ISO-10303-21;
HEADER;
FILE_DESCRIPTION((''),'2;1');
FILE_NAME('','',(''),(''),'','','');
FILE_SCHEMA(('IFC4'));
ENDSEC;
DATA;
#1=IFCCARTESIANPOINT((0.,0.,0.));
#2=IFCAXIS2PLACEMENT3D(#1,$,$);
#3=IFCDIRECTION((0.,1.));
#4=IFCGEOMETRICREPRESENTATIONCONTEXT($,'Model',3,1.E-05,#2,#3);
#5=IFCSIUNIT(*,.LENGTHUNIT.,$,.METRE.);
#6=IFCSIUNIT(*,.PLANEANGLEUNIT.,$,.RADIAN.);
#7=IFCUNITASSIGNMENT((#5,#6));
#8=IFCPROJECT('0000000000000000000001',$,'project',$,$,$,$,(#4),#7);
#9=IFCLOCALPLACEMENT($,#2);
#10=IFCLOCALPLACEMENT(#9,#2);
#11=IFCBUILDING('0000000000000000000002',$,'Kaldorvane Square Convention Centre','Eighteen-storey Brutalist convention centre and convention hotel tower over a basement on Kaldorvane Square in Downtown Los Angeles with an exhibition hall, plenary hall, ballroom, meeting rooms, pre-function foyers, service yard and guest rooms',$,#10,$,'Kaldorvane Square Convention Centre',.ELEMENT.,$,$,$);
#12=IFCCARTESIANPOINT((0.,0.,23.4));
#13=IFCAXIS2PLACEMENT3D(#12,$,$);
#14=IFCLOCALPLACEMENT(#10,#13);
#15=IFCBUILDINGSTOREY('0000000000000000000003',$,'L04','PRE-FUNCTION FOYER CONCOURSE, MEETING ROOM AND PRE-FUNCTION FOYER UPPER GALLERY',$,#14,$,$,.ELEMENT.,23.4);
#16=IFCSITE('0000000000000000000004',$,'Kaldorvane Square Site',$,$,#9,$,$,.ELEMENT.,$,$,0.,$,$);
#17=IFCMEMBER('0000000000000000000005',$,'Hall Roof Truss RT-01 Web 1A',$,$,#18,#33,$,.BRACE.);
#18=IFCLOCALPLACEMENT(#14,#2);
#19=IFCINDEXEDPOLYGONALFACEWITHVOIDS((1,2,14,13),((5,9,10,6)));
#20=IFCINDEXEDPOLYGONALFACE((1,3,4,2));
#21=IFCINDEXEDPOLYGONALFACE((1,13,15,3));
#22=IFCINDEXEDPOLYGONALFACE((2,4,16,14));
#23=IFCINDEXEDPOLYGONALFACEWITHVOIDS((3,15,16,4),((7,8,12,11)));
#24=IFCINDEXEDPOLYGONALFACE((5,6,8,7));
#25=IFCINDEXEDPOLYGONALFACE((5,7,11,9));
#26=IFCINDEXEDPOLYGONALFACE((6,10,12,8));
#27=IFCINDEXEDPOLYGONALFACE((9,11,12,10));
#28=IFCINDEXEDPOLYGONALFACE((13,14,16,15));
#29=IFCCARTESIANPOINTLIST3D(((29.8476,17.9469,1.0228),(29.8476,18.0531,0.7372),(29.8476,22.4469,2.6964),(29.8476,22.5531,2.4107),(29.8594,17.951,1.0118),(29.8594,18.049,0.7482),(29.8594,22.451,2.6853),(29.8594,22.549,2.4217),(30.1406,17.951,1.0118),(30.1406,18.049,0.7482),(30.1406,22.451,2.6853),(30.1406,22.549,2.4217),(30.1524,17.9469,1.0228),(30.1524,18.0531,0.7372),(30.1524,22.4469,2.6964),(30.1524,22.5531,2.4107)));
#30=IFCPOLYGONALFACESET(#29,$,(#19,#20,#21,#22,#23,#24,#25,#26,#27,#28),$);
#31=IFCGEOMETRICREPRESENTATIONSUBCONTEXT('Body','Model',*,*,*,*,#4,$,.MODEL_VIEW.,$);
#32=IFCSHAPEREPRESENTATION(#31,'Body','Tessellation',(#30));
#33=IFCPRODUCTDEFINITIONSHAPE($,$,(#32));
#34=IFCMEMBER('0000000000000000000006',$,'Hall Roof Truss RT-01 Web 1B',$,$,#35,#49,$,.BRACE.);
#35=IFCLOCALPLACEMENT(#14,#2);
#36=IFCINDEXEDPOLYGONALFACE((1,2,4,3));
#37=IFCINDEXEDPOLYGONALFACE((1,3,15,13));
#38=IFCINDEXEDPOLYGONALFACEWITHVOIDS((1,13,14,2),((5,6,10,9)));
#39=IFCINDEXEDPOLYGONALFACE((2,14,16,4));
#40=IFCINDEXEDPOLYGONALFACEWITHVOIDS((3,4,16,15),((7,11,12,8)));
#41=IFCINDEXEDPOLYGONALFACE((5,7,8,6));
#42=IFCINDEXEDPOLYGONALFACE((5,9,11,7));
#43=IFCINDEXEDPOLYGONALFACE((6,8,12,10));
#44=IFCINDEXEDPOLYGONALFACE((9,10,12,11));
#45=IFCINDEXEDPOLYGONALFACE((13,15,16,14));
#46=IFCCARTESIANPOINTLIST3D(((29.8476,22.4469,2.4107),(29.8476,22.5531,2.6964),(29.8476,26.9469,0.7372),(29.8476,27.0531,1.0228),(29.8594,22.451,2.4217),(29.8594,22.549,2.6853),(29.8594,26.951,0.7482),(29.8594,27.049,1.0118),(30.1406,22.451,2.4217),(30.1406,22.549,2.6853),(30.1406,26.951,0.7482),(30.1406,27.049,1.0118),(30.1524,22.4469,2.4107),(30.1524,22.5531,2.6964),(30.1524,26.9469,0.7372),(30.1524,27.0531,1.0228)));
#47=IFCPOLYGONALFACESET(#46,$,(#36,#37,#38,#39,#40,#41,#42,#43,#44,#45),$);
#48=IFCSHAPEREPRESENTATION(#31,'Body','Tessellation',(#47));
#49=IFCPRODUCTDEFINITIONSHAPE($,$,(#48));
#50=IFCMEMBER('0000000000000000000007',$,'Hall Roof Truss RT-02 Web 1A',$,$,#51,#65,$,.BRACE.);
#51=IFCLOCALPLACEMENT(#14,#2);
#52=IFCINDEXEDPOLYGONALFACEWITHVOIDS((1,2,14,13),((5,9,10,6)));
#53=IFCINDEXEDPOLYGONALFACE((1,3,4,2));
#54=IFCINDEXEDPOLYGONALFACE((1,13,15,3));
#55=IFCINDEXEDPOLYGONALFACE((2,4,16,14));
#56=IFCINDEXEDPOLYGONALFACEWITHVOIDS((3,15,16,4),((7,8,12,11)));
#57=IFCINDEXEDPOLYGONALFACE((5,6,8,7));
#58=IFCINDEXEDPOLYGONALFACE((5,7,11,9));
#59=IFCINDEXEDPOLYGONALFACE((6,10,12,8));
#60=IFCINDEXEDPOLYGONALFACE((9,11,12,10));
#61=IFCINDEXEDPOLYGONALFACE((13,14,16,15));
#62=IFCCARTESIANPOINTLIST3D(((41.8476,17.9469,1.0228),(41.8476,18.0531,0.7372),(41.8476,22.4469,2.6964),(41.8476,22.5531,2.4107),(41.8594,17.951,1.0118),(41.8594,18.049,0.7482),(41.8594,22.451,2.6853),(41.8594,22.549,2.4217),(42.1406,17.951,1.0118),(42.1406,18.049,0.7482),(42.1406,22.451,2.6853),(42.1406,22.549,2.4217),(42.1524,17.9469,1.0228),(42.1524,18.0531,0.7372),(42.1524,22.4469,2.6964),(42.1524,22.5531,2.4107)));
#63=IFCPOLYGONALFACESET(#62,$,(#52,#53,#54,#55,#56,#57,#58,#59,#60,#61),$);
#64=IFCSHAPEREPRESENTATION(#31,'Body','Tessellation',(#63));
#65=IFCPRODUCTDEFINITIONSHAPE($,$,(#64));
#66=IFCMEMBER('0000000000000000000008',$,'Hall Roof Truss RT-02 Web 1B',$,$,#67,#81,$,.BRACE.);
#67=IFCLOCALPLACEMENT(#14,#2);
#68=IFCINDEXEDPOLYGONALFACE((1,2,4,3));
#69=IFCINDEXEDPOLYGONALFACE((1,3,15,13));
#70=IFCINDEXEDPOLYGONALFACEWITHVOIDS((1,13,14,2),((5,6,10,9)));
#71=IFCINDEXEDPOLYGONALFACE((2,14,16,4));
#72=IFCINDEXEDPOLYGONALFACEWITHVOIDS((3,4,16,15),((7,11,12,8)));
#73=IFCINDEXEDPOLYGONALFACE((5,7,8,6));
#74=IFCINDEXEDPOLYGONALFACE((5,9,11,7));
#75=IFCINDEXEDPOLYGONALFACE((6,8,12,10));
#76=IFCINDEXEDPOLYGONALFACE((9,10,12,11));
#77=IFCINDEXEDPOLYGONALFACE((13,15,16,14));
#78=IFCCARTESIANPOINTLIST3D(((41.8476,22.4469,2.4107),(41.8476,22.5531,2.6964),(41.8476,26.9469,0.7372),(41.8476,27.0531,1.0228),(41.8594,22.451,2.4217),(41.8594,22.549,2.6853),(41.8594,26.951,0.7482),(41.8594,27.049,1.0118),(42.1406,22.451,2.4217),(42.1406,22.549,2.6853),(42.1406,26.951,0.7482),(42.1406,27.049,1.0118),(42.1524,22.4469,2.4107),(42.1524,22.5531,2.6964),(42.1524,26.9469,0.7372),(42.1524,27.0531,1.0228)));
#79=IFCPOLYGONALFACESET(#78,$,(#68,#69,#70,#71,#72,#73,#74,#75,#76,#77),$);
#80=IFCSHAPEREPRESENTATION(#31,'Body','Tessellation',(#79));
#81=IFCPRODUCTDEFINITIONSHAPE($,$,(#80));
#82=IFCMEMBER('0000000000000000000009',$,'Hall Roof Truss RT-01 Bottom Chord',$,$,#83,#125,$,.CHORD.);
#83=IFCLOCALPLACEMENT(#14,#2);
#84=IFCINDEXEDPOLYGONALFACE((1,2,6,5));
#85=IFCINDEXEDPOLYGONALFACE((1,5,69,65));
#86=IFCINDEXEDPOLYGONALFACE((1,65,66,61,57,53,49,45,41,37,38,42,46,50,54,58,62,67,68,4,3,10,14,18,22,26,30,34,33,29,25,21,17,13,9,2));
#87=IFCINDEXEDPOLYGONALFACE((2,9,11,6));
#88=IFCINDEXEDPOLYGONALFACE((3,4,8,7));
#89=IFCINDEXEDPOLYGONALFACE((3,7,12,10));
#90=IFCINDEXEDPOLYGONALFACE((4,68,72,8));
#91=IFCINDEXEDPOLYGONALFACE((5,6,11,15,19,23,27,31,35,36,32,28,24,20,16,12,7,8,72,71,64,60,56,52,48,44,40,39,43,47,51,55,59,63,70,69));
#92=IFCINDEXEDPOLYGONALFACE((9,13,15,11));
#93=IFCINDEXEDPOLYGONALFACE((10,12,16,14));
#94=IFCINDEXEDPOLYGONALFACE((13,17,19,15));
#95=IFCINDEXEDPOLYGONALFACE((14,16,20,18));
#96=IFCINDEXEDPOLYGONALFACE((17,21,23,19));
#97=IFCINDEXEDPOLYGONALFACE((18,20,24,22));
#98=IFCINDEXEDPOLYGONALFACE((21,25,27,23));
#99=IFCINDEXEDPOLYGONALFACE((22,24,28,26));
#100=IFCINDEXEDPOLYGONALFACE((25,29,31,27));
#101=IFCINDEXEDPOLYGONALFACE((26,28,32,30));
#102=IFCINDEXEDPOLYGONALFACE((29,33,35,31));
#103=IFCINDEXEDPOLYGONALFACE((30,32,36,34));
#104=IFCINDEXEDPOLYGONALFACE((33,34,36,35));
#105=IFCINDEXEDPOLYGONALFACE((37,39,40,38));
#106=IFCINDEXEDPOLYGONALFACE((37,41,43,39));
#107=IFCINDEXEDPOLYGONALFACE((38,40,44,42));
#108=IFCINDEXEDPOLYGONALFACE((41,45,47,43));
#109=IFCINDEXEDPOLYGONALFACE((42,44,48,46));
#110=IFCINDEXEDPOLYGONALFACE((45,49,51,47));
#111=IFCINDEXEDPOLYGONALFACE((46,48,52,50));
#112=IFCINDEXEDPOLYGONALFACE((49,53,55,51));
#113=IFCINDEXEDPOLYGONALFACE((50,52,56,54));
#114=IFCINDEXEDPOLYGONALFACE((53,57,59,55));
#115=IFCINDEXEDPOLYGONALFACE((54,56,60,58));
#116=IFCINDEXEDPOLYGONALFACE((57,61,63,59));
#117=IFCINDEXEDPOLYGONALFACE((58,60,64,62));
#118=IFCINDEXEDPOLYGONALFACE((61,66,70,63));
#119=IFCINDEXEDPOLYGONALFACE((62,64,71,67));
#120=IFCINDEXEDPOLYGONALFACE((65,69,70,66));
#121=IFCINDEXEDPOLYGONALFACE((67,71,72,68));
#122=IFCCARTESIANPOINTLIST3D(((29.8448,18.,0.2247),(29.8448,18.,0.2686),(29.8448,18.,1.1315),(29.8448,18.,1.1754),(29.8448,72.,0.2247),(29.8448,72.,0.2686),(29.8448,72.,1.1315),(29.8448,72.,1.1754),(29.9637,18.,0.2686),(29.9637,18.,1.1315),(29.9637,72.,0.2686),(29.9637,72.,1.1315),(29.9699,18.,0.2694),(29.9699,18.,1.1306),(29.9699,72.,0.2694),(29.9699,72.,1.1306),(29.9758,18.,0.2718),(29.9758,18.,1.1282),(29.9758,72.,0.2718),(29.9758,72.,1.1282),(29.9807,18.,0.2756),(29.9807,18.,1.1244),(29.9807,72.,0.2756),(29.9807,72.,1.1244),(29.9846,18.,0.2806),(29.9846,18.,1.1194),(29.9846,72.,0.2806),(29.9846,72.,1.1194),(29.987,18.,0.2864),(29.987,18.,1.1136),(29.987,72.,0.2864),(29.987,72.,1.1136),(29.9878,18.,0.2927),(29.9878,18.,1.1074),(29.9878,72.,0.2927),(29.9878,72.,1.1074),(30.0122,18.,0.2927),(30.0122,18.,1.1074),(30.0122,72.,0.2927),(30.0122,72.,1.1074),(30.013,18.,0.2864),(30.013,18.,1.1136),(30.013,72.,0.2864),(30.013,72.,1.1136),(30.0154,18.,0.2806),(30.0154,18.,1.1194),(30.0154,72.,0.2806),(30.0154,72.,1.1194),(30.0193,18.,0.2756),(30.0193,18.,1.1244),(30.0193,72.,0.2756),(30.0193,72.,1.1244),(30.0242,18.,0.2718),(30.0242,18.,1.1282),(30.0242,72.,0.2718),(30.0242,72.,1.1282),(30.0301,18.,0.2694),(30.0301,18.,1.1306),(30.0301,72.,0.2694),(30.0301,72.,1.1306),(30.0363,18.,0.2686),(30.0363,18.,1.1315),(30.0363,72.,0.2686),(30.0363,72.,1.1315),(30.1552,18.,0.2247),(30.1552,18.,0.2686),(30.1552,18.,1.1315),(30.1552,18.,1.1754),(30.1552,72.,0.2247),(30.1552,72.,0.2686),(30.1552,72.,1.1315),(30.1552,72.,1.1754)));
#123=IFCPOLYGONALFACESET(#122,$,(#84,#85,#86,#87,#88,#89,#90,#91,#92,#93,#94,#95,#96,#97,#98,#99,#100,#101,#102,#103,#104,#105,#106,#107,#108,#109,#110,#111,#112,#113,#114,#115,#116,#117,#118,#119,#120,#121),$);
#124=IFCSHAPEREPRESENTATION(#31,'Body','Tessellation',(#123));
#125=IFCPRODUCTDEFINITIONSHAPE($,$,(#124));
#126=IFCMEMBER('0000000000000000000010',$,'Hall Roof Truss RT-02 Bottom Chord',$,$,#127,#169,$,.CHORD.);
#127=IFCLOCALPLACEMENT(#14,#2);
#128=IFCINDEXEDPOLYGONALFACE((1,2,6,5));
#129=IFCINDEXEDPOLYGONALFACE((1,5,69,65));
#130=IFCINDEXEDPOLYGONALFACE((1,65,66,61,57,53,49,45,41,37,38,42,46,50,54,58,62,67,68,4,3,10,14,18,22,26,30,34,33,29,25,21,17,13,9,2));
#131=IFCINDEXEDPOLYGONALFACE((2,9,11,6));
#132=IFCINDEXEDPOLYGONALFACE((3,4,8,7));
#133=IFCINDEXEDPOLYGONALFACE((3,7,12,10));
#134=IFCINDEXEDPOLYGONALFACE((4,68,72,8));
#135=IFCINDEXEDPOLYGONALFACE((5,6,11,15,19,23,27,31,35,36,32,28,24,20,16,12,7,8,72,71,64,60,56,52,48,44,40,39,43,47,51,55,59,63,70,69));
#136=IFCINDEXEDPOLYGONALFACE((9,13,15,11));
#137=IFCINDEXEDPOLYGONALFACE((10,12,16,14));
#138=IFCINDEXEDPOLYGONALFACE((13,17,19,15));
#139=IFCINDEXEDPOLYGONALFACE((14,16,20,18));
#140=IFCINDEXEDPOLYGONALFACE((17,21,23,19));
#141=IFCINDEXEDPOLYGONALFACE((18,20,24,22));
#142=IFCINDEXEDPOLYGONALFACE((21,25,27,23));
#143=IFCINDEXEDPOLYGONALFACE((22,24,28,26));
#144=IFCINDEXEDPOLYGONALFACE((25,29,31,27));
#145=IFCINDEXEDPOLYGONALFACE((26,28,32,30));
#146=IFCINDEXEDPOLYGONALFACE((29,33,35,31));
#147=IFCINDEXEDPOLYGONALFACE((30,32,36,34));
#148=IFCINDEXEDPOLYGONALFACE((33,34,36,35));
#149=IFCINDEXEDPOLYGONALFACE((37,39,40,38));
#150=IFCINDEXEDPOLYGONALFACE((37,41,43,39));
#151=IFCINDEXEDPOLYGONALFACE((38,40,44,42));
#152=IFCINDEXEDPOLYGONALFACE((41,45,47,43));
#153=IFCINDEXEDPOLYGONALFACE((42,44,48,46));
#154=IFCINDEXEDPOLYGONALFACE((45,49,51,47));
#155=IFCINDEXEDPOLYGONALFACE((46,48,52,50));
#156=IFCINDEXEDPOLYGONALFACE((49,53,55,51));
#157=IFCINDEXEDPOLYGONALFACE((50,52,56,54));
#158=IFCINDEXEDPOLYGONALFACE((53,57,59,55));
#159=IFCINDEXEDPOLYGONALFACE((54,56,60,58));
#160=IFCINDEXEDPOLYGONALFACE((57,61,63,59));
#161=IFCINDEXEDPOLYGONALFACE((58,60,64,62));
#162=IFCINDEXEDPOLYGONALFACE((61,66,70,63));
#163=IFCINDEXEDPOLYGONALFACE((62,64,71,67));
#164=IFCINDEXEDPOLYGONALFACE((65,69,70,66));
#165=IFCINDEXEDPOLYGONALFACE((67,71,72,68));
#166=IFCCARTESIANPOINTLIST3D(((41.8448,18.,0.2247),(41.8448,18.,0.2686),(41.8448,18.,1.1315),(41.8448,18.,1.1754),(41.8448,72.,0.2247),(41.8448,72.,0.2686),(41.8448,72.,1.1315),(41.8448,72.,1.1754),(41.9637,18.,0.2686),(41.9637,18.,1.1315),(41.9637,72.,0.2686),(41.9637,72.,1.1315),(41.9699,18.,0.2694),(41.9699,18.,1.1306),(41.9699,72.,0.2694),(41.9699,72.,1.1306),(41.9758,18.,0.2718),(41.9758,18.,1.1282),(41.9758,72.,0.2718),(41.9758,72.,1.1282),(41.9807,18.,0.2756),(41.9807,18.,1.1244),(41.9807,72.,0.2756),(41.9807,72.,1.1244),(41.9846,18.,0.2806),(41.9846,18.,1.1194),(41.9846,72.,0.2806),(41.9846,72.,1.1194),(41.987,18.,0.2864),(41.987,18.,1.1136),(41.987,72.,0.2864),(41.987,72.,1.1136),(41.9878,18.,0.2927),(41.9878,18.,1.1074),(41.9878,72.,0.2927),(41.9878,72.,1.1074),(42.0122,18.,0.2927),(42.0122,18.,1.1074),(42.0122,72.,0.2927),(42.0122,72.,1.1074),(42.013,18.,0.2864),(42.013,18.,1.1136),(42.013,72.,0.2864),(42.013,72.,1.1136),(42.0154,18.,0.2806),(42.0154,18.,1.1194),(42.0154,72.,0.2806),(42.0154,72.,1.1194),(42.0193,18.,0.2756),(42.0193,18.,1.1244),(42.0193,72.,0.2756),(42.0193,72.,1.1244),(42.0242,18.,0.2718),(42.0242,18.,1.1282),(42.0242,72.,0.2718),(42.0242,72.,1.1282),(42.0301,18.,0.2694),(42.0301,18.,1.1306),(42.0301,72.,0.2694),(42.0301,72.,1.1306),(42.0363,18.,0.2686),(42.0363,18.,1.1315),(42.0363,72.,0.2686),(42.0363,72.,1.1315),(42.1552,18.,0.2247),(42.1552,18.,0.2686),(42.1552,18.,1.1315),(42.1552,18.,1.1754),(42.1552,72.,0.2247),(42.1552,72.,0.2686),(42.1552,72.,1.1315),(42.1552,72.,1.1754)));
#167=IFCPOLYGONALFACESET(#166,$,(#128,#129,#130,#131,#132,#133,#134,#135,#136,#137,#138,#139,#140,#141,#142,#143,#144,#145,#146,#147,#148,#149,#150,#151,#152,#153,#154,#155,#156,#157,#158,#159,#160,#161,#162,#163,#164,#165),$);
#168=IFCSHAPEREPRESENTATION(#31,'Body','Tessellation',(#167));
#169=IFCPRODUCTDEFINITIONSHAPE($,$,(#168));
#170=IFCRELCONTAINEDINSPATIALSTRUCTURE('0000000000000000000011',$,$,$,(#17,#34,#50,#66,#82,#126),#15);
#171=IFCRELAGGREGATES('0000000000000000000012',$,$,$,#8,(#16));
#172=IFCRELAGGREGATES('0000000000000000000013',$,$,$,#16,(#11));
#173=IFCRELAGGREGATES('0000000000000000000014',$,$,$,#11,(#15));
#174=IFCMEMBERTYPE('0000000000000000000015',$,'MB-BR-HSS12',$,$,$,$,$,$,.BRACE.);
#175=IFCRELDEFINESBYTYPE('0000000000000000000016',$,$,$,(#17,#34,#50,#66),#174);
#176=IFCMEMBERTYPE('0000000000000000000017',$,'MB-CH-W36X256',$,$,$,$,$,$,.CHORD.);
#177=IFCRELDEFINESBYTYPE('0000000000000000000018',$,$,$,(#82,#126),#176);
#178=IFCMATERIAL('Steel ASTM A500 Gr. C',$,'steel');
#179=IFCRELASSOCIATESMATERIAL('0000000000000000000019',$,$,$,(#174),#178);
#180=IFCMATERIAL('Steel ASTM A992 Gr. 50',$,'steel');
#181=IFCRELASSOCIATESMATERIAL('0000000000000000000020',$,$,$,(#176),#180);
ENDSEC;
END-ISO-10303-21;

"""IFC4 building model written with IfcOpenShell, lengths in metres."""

from ifc_helpers import new_model, si_unit, direction, frame, origin, origin_2d, place, context, subcontext, project, spatial, hollow_rectangle, i_section, extrude, material, material_profile, profile_set, type_object, element, save


model = new_model("IFC4")

# Units and contexts
model_context = context("Model", 3, precision=1e-05, world=origin(), true_north=direction((0.0, 1.0)))
body_context = subcontext(model_context, "Body", "Model", "MODEL_VIEW")
ifc_project = project(units=[si_unit("LENGTHUNIT", "METRE"), si_unit("PLANEANGLEUNIT", "RADIAN")], contexts=[model_context])

# Site, building, storey
site_placement = place(None, origin())
site = spatial("IfcSite", under=ifc_project, at=site_placement, Name="Kaldorvane Square Site", CompositionType="ELEMENT", RefElevation=0.0)
building_placement = place(site_placement, origin())
building = spatial("IfcBuilding", under=site, at=building_placement, Name="Kaldorvane Square Convention Centre", Description="Eighteen-storey Brutalist convention centre and convention hotel tower over a basement on Kaldorvane Square in Downtown Los Angeles with an exhibition hall, plenary hall, ballroom, meeting rooms, pre-function foyers, service yard and guest rooms", LongName="Kaldorvane Square Convention Centre", CompositionType="ELEMENT")
storey_placement = place(building_placement, frame((0.0, 0.0, 23.4)))
storey = spatial("IfcBuildingStorey", under=building, at=storey_placement, Name="L04", Description="PRE-FUNCTION FOYER CONCOURSE, MEETING ROOM AND PRE-FUNCTION FOYER UPPER GALLERY", CompositionType="ELEMENT", Elevation=23.4)

# Shared definitions
ifc_material_1 = material(Name="Steel ASTM A992 Gr. 50", Category="steel")

# Members
ifc_material_2 = material(Name="Steel ASTM A500 Gr. C", Category="steel")
ifc_material_profile_1 = material_profile(ifc_material_2, hollow_rectangle(XDim=0.3048, YDim=0.3048, WallThickness=0.0118, at=origin_2d()), Name="HSS12X12X1/2")
ifc_profile_set_1 = profile_set([ifc_material_profile_1], Name="Steel ASTM A500 Gr. C")
member_type_1 = type_object("IfcMemberType", Name="MB-BR-HSS12", PredefinedType="BRACE", material=ifc_profile_set_1)
for number, where, z_axis, x_axis, name in (
    (1, (30.0, 18.0, 0.88), (0.0, 0.937284, 0.348567), (-1.0, 0.0, 0.0), "Hall Roof Truss RT-01 Web 1A"),
    (2, (30.0, 22.5, 2.5535), (0.0, 0.937284, -0.348567), (-1.0, 0.0, 0.0), "Hall Roof Truss RT-01 Web 1B"),
    (3, (42.0, 18.0, 0.88), (0.0, 0.937284, 0.348567), (-1.0, 0.0, 0.0), "Hall Roof Truss RT-02 Web 1A"),
    (4, (42.0, 22.5, 2.5535), (0.0, 0.937284, -0.348567), (-1.0, 0.0, 0.0), "Hall Roof Truss RT-02 Web 1B"),
):
    element("IfcMember", number, at=place(storey_placement, frame(where, z_axis=z_axis, x_axis=x_axis)), inside=storey, type_object=member_type_1, Name=name, PredefinedType="BRACE", context=body_context, shape_type="SweptSolid", body=[
        extrude(hollow_rectangle(XDim=0.3048, YDim=0.3048, WallThickness=0.0118, at=origin_2d()), origin(), (0.0, 0.0, 1.0), 4.8011),
    ])
ifc_material_profile_2 = material_profile(ifc_material_1, i_section(OverallWidth=0.3103, OverallDepth=0.9507, WebThickness=0.0244, FlangeThickness=0.0439, FilletRadius=0.0241, at=origin_2d()), Name="W36X256")
ifc_profile_set_2 = profile_set([ifc_material_profile_2], Name="Steel ASTM A992 Gr. 50")
member_type_2 = type_object("IfcMemberType", Name="MB-CH-W36X256", PredefinedType="CHORD", material=ifc_profile_set_2)
for number, where, z_axis, x_axis, name in (
    (5, (30.0, 18.0, 0.7), (0.0, 1.0, 0.0), (-1.0, 0.0, 0.0), "Hall Roof Truss RT-01 Bottom Chord"),
    (6, (42.0, 18.0, 0.7), (0.0, 1.0, 0.0), (-1.0, 0.0, 0.0), "Hall Roof Truss RT-02 Bottom Chord"),
):
    element("IfcMember", number, at=place(storey_placement, frame(where, z_axis=z_axis, x_axis=x_axis)), inside=storey, type_object=member_type_2, Name=name, PredefinedType="CHORD", context=body_context, shape_type="SweptSolid", body=[
        extrude(i_section(OverallWidth=0.3103, OverallDepth=0.9507, WebThickness=0.0244, FlangeThickness=0.0439, FilletRadius=0.0241, at=origin_2d()), origin(), (0.0, 0.0, 1.0), 54.0),
    ])

save(model, "model.ifc")
